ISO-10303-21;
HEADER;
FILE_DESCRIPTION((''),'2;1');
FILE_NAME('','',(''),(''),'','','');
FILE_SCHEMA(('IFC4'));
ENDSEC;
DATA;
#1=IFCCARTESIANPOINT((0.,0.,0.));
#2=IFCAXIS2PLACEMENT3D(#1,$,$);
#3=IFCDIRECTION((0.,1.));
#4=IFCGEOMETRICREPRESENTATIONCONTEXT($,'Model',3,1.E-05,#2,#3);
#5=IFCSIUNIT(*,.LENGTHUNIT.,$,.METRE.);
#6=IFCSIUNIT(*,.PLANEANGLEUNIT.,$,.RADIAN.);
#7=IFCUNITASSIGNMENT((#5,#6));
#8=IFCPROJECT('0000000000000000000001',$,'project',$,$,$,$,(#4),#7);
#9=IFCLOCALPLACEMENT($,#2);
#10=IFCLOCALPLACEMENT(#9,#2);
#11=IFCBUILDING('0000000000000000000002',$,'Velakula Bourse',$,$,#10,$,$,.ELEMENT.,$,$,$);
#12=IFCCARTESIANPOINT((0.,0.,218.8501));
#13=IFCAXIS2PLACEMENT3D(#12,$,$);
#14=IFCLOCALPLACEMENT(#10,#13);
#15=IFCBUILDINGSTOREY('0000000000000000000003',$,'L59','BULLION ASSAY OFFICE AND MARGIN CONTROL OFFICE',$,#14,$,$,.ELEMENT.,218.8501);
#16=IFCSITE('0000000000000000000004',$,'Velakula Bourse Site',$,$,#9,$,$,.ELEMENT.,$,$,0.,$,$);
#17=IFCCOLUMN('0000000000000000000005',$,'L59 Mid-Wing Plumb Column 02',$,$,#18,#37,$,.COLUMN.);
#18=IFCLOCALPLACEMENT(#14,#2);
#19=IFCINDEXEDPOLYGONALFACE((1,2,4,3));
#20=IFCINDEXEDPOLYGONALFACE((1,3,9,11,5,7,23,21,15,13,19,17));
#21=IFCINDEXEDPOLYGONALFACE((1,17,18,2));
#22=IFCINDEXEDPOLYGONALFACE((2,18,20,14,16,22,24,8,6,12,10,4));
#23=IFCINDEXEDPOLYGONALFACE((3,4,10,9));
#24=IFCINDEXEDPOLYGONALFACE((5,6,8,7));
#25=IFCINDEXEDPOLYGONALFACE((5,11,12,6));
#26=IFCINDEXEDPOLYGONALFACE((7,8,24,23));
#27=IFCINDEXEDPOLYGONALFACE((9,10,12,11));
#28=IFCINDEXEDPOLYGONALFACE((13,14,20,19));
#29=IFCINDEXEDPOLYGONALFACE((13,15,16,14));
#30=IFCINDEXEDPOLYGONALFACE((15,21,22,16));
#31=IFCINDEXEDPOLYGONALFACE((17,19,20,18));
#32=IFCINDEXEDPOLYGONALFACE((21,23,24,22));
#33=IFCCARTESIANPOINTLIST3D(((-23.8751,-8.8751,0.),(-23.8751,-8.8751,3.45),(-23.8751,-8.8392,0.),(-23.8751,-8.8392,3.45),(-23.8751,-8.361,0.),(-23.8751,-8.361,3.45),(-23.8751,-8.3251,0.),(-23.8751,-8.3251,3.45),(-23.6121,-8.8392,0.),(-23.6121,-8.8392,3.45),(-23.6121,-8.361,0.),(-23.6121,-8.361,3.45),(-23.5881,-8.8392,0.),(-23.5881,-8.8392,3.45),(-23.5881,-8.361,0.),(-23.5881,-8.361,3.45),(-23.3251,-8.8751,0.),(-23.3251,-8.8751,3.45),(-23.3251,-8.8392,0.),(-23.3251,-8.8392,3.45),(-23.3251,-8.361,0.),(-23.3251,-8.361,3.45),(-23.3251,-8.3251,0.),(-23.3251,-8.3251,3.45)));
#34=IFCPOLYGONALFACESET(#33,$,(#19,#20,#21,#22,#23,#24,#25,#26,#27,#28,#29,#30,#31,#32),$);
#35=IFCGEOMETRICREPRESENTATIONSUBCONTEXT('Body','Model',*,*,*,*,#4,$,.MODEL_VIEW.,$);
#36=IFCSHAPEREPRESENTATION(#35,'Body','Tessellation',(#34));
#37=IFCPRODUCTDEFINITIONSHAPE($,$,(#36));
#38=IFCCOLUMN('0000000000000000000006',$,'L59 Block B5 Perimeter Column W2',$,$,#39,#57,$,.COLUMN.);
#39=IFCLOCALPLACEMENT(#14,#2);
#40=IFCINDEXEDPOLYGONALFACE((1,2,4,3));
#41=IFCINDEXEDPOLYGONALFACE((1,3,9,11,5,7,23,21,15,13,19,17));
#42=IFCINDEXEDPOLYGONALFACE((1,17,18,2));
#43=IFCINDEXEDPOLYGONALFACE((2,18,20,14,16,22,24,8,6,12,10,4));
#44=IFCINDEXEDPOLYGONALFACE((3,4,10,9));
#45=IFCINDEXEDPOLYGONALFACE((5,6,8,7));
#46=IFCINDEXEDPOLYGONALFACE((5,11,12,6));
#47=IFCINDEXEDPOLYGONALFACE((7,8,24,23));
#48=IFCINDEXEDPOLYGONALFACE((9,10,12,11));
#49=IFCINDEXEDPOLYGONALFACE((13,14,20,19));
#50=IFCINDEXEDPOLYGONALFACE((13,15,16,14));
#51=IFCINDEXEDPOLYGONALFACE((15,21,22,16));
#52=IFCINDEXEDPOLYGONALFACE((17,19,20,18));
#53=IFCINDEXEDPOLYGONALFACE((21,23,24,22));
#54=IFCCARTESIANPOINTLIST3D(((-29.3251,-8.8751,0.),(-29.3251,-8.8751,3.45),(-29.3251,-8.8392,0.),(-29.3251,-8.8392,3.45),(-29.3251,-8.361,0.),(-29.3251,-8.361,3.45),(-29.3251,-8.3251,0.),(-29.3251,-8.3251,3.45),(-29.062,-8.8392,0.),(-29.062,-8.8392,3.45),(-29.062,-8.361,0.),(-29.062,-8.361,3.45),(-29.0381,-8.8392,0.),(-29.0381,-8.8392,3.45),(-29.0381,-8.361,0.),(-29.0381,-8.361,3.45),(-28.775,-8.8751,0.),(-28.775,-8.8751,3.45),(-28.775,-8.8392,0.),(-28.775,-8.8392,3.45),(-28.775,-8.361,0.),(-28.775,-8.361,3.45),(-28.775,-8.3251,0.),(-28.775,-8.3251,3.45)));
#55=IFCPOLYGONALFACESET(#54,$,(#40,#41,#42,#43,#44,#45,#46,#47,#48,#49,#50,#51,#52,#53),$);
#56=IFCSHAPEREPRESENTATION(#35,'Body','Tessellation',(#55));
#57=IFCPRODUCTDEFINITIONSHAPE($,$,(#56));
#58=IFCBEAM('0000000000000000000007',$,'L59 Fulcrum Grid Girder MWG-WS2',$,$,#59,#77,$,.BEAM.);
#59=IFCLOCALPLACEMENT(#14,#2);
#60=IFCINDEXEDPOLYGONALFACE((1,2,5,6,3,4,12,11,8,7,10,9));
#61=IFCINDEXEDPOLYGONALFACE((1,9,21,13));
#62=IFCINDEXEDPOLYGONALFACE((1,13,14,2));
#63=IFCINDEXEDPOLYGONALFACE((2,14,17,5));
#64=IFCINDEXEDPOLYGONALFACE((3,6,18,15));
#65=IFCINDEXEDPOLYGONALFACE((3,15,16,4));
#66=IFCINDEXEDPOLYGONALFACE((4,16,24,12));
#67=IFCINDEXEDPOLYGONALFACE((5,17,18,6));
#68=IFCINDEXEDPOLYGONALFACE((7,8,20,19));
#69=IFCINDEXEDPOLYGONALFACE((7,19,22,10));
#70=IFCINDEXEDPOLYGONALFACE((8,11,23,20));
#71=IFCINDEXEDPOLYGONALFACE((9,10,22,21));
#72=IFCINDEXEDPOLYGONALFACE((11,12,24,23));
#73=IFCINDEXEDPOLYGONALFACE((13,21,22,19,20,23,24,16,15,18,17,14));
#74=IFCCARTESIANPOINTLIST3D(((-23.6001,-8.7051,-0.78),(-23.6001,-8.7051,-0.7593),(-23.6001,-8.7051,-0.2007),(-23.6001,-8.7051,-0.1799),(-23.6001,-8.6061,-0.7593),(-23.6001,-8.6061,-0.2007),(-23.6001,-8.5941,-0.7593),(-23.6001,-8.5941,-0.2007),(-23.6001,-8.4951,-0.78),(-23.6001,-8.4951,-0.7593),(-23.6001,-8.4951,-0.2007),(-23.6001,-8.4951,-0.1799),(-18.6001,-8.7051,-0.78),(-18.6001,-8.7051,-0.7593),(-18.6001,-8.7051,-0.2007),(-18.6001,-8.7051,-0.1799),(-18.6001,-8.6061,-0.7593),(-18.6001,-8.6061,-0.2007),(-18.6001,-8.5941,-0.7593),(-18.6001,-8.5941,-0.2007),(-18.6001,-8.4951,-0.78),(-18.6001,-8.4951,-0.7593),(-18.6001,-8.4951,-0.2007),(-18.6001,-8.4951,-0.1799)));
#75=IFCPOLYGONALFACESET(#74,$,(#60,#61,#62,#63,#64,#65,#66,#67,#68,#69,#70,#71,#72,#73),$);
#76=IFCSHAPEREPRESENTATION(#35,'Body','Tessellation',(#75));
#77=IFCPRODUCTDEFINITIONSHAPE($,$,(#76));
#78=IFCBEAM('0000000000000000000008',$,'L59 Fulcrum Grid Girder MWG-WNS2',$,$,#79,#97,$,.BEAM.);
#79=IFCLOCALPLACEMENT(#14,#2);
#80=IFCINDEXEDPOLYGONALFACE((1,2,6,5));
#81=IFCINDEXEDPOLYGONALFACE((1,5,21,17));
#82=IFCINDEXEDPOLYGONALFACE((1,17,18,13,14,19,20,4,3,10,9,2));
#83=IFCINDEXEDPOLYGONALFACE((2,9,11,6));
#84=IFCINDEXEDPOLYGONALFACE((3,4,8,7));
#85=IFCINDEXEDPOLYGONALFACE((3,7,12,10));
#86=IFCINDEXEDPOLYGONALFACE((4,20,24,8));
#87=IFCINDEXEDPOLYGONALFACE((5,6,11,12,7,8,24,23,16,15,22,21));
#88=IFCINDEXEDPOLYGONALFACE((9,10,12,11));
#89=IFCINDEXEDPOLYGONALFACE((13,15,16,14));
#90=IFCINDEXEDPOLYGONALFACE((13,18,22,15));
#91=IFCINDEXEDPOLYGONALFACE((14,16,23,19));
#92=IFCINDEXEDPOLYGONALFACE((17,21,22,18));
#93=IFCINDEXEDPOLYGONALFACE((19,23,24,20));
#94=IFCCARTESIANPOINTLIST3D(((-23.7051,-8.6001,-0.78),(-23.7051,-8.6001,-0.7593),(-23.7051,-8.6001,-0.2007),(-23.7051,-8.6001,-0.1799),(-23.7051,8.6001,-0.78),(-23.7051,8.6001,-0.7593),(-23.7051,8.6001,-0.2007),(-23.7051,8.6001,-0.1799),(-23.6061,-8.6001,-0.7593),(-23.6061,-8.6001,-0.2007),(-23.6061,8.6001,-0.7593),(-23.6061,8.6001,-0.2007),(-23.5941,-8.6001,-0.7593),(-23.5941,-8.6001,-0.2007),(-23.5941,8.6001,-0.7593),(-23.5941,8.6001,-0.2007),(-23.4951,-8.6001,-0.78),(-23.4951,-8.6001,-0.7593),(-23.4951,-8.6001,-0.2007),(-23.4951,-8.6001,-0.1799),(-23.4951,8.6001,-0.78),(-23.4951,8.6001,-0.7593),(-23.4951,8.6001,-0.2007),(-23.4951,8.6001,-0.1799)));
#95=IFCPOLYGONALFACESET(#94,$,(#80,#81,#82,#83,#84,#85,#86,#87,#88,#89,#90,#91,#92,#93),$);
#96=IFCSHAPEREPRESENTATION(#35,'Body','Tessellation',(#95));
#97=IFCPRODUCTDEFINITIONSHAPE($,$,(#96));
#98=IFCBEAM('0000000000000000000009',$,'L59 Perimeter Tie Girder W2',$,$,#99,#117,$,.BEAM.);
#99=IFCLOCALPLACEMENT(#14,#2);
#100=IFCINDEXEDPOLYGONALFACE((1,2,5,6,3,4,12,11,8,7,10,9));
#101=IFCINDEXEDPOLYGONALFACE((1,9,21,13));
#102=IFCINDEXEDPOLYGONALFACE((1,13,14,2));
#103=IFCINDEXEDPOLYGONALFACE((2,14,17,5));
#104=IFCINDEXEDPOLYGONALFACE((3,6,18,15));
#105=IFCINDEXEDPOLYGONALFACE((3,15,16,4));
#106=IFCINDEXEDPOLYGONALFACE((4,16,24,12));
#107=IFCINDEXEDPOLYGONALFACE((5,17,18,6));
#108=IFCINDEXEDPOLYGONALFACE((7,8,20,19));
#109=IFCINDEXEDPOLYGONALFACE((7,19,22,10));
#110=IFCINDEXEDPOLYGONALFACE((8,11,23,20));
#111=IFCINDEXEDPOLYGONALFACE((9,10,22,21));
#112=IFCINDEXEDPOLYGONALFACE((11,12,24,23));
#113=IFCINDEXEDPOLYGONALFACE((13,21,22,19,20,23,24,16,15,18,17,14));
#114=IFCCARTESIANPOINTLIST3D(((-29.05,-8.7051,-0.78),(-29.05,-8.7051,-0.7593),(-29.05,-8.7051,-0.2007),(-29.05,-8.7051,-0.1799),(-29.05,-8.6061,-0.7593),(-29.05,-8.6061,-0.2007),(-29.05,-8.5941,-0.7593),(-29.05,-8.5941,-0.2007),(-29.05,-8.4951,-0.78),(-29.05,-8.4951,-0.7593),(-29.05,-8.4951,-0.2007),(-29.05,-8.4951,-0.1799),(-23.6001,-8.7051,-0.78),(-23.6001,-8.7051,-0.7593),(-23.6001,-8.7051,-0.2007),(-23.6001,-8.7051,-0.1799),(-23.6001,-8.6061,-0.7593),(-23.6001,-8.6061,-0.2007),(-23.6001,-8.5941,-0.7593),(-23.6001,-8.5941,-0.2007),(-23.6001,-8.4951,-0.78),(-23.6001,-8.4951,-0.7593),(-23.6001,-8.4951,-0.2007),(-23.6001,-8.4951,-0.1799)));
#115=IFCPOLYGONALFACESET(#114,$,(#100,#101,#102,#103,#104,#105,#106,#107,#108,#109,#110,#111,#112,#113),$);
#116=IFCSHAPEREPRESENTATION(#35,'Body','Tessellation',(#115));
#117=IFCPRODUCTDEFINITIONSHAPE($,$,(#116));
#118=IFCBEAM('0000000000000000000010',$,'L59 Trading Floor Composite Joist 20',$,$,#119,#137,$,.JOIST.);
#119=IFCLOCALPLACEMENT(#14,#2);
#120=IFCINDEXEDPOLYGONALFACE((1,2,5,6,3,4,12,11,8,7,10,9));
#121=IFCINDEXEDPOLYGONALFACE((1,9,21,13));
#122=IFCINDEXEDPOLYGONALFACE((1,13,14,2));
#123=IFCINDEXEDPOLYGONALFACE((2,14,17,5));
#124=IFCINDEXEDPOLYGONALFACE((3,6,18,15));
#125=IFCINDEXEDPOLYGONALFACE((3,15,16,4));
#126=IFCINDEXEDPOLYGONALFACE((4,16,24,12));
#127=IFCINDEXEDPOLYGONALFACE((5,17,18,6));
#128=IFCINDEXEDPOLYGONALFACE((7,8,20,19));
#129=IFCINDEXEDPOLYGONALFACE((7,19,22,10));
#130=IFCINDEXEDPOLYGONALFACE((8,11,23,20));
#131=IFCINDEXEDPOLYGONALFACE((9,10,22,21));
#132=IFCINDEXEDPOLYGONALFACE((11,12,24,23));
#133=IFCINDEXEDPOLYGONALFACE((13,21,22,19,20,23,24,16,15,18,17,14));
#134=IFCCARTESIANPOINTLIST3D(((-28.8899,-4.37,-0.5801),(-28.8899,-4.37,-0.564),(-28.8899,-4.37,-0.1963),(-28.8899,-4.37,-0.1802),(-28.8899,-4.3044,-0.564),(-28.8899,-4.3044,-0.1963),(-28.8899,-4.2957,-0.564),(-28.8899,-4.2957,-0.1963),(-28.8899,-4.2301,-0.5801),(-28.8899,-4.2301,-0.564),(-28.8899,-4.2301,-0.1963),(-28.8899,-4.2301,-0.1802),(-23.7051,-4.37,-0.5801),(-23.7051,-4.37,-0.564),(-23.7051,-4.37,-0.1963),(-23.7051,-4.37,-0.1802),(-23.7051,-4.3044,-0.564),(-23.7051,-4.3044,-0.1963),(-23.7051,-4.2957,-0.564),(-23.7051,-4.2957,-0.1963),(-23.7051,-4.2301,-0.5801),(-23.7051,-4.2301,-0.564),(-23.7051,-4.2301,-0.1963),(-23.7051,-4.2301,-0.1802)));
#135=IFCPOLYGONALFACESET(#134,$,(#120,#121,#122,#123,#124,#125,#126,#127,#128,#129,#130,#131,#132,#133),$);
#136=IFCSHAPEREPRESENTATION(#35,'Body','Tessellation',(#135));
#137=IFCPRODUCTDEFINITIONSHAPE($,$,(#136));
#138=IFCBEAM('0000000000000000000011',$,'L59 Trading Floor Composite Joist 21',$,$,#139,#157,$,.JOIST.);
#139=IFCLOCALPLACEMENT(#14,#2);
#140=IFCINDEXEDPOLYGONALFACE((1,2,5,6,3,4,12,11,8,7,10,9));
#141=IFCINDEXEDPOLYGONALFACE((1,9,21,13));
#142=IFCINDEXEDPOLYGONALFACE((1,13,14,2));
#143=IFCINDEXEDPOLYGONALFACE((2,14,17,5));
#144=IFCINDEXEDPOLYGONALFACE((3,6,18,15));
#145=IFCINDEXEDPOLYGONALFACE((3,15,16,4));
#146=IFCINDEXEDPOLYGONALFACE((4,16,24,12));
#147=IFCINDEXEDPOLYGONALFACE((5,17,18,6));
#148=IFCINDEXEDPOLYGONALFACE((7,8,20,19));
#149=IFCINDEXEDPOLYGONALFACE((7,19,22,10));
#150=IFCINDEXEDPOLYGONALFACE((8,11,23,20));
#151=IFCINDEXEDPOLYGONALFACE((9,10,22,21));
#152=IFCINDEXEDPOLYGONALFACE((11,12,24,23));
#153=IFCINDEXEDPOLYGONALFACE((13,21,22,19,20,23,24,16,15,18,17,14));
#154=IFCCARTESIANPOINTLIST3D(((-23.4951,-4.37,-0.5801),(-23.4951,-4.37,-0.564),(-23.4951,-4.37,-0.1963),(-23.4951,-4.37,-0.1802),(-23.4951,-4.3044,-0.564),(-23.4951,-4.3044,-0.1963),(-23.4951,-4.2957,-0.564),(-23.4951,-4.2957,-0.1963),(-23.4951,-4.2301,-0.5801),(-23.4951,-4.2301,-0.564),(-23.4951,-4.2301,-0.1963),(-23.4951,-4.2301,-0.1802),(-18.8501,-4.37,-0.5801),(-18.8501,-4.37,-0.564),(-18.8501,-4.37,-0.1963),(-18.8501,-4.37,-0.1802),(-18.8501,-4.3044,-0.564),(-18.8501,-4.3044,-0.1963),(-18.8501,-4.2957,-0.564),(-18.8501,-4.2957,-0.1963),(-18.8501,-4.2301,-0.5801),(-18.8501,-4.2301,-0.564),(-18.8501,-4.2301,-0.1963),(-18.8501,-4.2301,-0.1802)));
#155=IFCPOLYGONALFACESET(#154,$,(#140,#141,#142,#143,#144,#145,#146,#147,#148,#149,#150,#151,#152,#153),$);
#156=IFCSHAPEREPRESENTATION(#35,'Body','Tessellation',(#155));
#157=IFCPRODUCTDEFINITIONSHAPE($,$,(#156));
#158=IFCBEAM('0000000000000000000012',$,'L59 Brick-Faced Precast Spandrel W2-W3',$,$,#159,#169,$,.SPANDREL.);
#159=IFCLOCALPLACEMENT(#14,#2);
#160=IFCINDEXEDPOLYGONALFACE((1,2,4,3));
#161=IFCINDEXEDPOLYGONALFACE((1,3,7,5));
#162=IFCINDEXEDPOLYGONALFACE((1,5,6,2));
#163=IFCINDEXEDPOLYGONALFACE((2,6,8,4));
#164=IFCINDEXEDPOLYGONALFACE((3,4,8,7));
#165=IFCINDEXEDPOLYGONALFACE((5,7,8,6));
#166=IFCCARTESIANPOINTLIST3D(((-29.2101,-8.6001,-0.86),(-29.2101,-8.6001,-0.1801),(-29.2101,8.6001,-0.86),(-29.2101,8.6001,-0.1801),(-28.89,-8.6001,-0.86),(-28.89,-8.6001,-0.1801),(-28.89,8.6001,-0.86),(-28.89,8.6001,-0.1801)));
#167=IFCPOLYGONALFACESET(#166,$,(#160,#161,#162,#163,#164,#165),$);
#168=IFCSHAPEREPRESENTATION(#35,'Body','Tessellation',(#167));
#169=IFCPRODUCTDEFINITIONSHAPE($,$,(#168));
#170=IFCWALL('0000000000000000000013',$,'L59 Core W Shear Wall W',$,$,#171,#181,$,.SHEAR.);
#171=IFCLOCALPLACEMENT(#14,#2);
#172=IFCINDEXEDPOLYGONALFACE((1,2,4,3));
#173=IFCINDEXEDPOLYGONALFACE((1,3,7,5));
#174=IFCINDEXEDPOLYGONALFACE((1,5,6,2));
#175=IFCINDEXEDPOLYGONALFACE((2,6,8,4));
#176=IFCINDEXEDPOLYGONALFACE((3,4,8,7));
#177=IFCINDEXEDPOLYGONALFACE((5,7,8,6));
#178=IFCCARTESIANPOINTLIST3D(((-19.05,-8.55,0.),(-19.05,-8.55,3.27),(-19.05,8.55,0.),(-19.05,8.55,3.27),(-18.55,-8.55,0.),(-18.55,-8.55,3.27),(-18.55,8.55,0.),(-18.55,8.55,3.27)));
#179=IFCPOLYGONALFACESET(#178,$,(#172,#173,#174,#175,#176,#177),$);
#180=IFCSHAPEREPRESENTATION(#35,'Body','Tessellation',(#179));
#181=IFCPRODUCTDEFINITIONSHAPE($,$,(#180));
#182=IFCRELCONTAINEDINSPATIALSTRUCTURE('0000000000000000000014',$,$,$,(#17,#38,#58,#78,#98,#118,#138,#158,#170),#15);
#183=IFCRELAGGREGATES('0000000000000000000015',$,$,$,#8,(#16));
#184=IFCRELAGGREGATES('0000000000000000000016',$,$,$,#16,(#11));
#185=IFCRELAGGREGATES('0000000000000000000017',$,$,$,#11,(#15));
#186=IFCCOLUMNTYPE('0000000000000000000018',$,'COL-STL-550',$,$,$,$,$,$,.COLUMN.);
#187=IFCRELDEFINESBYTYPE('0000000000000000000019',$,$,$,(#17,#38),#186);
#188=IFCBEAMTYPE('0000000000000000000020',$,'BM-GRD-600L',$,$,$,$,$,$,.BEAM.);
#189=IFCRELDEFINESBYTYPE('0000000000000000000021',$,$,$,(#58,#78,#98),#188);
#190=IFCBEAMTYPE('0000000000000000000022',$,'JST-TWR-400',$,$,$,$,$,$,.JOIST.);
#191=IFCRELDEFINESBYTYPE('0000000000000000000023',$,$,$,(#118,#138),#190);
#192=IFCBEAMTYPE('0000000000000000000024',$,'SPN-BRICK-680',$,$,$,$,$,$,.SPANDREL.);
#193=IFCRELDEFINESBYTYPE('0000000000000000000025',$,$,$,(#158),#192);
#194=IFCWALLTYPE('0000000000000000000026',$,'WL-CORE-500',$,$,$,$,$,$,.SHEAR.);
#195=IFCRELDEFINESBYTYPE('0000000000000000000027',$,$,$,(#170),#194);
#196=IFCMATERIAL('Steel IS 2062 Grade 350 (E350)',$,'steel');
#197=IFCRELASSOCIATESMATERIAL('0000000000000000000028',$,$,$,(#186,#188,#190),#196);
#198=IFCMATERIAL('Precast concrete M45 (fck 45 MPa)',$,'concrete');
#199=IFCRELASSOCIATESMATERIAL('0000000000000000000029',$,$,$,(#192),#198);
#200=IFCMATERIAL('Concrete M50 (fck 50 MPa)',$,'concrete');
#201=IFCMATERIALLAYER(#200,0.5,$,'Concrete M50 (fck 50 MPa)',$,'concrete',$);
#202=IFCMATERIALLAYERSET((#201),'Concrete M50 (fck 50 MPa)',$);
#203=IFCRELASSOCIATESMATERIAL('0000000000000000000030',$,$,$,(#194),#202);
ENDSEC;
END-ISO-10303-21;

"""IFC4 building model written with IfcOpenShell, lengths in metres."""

from ifc_helpers import new_model, si_unit, direction, frame, frame_2d, origin, origin_2d, place, context, subcontext, project, spatial, rectangle, i_section, extrude, material, layer, layer_set, material_profile, profile_set, type_object, element, save


model = new_model("IFC4")

# Units and contexts
model_context = context("Model", 3, precision=1e-05, world=origin(), true_north=direction((0.0, 1.0)))
body_context = subcontext(model_context, "Body", "Model", "MODEL_VIEW")
ifc_project = project(units=[si_unit("LENGTHUNIT", "METRE"), si_unit("PLANEANGLEUNIT", "RADIAN")], contexts=[model_context])

# Site, building, storey
site_placement = place(None, origin())
site = spatial("IfcSite", under=ifc_project, at=site_placement, Name="Velakula Bourse Site", CompositionType="ELEMENT", RefElevation=0.0)
building_placement = place(site_placement, origin())
building = spatial("IfcBuilding", under=site, at=building_placement, Name="Velakula Bourse", CompositionType="ELEMENT")
storey_placement = place(building_placement, frame((0.0, 0.0, 218.8501)))
storey = spatial("IfcBuildingStorey", under=building, at=storey_placement, Name="L59", Description="BULLION ASSAY OFFICE AND MARGIN CONTROL OFFICE", CompositionType="ELEMENT", Elevation=218.8501)

# Columns
ifc_material_1 = material(Name="Steel IS 2062 Grade 350 (E350)", Category="steel")
ifc_material_profile_1 = material_profile(ifc_material_1, i_section(OverallWidth=0.55, OverallDepth=0.55, WebThickness=0.0239, FlangeThickness=0.0359, at=origin_2d()), Name="Steel IS 2062 Grade 350 (E350)")
ifc_profile_set_1 = profile_set([ifc_material_profile_1], Name="Steel IS 2062 Grade 350 (E350)")
column_type = type_object("IfcColumnType", Name="COL-STL-550", PredefinedType="COLUMN", material=ifc_profile_set_1)
for number, where, z_axis, x_axis, name in (
    (1, (-23.6001, -8.6001, 0.0), (0.0, 0.0, 1.0), (1.0, 0.0, 0.0), "L59 Mid-Wing Plumb Column 02"),
    (2, (-29.05, -8.6001, 0.0), (0.0, 0.0, 1.0), (1.0, 0.0, 0.0), "L59 Block B5 Perimeter Column W2"),
):
    element("IfcColumn", number, at=place(storey_placement, frame(where, z_axis=z_axis, x_axis=x_axis)), inside=storey, type_object=column_type, Name=name, PredefinedType="COLUMN", context=body_context, shape_type="SweptSolid", body=[
        extrude(i_section(OverallWidth=0.55, OverallDepth=0.55, WebThickness=0.0239, FlangeThickness=0.0359, at=origin_2d()), origin(), (0.0, 0.0, 1.0), 3.45),
    ])

# Beams
ifc_material_profile_2 = material_profile(ifc_material_1, i_section(OverallWidth=0.21, OverallDepth=0.6001, WebThickness=0.012, FlangeThickness=0.0208, at=origin_2d()), Name="Steel IS 2062 Grade 350 (E350)")
ifc_profile_set_2 = profile_set([ifc_material_profile_2], Name="Steel IS 2062 Grade 350 (E350)")
beam_type_1 = type_object("IfcBeamType", Name="BM-GRD-600L", PredefinedType="BEAM", material=ifc_profile_set_2)
beam_1_placement = place(storey_placement, frame((-23.6001, -8.6001, -0.48), z_axis=(1.0, 0.0, 0.0), x_axis=(0.0, 1.0, 0.0)))
element("IfcBeam", 3, at=beam_1_placement, inside=storey, type_object=beam_type_1, Name="L59 Fulcrum Grid Girder MWG-WS2", PredefinedType="BEAM", context=body_context, shape_type="SweptSolid", body=[
    extrude(i_section(OverallWidth=0.21, OverallDepth=0.6001, WebThickness=0.012, FlangeThickness=0.0208, at=origin_2d()), origin(), (0.0, 0.0, 1.0), 5.0),
])
beam_2_placement = place(storey_placement, frame((-23.6001, -8.6001, -0.48), z_axis=(0.0, 1.0, 0.0), x_axis=(-1.0, 0.0, 0.0)))
element("IfcBeam", 4, at=beam_2_placement, inside=storey, type_object=beam_type_1, Name="L59 Fulcrum Grid Girder MWG-WNS2", PredefinedType="BEAM", context=body_context, shape_type="SweptSolid", body=[
    extrude(i_section(OverallWidth=0.21, OverallDepth=0.6001, WebThickness=0.012, FlangeThickness=0.0208, at=origin_2d()), origin(), (0.0, 0.0, 1.0), 17.2002),
])
beam_3_placement = place(storey_placement, frame((-23.6001, -8.6001, -0.48), z_axis=(-1.0, 0.0, 0.0), x_axis=(0.0, -1.0, 0.0)))
element("IfcBeam", 5, at=beam_3_placement, inside=storey, type_object=beam_type_1, Name="L59 Perimeter Tie Girder W2", PredefinedType="BEAM", context=body_context, shape_type="SweptSolid", body=[
    extrude(i_section(OverallWidth=0.21, OverallDepth=0.6001, WebThickness=0.012, FlangeThickness=0.0208, at=origin_2d()), origin(), (0.0, 0.0, 1.0), 5.45),
])
ifc_material_profile_3 = material_profile(ifc_material_1, i_section(OverallWidth=0.1399, OverallDepth=0.3999, WebThickness=0.0088, FlangeThickness=0.0161, at=origin_2d()), Name="Steel IS 2062 Grade 350 (E350)")
ifc_profile_set_3 = profile_set([ifc_material_profile_3], Name="Steel IS 2062 Grade 350 (E350)")
beam_type_2 = type_object("IfcBeamType", Name="JST-TWR-400", PredefinedType="JOIST", material=ifc_profile_set_3)
beam_4_placement = place(storey_placement, frame((-28.8899, -4.3, -0.3801), z_axis=(1.0, 0.0, 0.0), x_axis=(0.0, 1.0, 0.0)))
element("IfcBeam", 6, at=beam_4_placement, inside=storey, type_object=beam_type_2, Name="L59 Trading Floor Composite Joist 20", PredefinedType="JOIST", context=body_context, shape_type="SweptSolid", body=[
    extrude(i_section(OverallWidth=0.1399, OverallDepth=0.3999, WebThickness=0.0088, FlangeThickness=0.0161, at=origin_2d()), origin(), (0.0, 0.0, 1.0), 5.1848),
])
beam_5_placement = place(storey_placement, frame((-23.4951, -4.3, -0.3801), z_axis=(1.0, 0.0, 0.0), x_axis=(0.0, 1.0, 0.0)))
element("IfcBeam", 7, at=beam_5_placement, inside=storey, type_object=beam_type_2, Name="L59 Trading Floor Composite Joist 21", PredefinedType="JOIST", context=body_context, shape_type="SweptSolid", body=[
    extrude(i_section(OverallWidth=0.1399, OverallDepth=0.3999, WebThickness=0.0088, FlangeThickness=0.0161, at=origin_2d()), origin(), (0.0, 0.0, 1.0), 4.645),
])
ifc_material_2 = material(Name="Precast concrete M45 (fck 45 MPa)", Category="concrete")
ifc_material_profile_4 = material_profile(ifc_material_2, rectangle(XDim=0.3201, YDim=0.6799, at=origin_2d()), Name="Precast concrete M45 (fck 45 MPa)")
ifc_profile_set_4 = profile_set([ifc_material_profile_4], Name="Precast concrete M45 (fck 45 MPa)")
beam_type_3 = type_object("IfcBeamType", Name="SPN-BRICK-680", PredefinedType="SPANDREL", material=ifc_profile_set_4)
beam_6_placement = place(storey_placement, frame((-29.05, -8.6001, -0.52), z_axis=(0.0, 1.0, 0.0), x_axis=(-1.0, 0.0, 0.0)))
element("IfcBeam", 8, at=beam_6_placement, inside=storey, type_object=beam_type_3, Name="L59 Brick-Faced Precast Spandrel W2-W3", PredefinedType="SPANDREL", context=body_context, shape_type="SweptSolid", body=[
    extrude(rectangle(XDim=0.3201, YDim=0.6799, at=origin_2d()), origin(), (0.0, 0.0, 1.0), 17.2002),
])

# Wall
ifc_material_3 = material(Name="Concrete M50 (fck 50 MPa)", Category="concrete")
ifc_layer_1 = layer(ifc_material_3, 0.5, Name="Concrete M50 (fck 50 MPa)", Category="concrete")
ifc_layer_set_1 = layer_set([ifc_layer_1], Name="Concrete M50 (fck 50 MPa)")
wall_type_1 = type_object("IfcWallType", Name="WL-CORE-500", PredefinedType="SHEAR", material=ifc_layer_set_1)
wall_1_placement = place(storey_placement, frame((-18.8, -8.55, 0.0), z_axis=(0.0, 0.0, 1.0), x_axis=(0.0, 1.0, 0.0)))
element("IfcWall", 9, at=wall_1_placement, inside=storey, type_object=wall_type_1, Name="L59 Core W Shear Wall W", PredefinedType="SHEAR", context=body_context, shape_type="SweptSolid", body=[
    extrude(rectangle(XDim=17.1001, YDim=0.5, at=frame_2d((8.55, 0.0))), origin(), (0.0, 0.0, 1.0), 3.27),
])

save(model, "model.ifc")
